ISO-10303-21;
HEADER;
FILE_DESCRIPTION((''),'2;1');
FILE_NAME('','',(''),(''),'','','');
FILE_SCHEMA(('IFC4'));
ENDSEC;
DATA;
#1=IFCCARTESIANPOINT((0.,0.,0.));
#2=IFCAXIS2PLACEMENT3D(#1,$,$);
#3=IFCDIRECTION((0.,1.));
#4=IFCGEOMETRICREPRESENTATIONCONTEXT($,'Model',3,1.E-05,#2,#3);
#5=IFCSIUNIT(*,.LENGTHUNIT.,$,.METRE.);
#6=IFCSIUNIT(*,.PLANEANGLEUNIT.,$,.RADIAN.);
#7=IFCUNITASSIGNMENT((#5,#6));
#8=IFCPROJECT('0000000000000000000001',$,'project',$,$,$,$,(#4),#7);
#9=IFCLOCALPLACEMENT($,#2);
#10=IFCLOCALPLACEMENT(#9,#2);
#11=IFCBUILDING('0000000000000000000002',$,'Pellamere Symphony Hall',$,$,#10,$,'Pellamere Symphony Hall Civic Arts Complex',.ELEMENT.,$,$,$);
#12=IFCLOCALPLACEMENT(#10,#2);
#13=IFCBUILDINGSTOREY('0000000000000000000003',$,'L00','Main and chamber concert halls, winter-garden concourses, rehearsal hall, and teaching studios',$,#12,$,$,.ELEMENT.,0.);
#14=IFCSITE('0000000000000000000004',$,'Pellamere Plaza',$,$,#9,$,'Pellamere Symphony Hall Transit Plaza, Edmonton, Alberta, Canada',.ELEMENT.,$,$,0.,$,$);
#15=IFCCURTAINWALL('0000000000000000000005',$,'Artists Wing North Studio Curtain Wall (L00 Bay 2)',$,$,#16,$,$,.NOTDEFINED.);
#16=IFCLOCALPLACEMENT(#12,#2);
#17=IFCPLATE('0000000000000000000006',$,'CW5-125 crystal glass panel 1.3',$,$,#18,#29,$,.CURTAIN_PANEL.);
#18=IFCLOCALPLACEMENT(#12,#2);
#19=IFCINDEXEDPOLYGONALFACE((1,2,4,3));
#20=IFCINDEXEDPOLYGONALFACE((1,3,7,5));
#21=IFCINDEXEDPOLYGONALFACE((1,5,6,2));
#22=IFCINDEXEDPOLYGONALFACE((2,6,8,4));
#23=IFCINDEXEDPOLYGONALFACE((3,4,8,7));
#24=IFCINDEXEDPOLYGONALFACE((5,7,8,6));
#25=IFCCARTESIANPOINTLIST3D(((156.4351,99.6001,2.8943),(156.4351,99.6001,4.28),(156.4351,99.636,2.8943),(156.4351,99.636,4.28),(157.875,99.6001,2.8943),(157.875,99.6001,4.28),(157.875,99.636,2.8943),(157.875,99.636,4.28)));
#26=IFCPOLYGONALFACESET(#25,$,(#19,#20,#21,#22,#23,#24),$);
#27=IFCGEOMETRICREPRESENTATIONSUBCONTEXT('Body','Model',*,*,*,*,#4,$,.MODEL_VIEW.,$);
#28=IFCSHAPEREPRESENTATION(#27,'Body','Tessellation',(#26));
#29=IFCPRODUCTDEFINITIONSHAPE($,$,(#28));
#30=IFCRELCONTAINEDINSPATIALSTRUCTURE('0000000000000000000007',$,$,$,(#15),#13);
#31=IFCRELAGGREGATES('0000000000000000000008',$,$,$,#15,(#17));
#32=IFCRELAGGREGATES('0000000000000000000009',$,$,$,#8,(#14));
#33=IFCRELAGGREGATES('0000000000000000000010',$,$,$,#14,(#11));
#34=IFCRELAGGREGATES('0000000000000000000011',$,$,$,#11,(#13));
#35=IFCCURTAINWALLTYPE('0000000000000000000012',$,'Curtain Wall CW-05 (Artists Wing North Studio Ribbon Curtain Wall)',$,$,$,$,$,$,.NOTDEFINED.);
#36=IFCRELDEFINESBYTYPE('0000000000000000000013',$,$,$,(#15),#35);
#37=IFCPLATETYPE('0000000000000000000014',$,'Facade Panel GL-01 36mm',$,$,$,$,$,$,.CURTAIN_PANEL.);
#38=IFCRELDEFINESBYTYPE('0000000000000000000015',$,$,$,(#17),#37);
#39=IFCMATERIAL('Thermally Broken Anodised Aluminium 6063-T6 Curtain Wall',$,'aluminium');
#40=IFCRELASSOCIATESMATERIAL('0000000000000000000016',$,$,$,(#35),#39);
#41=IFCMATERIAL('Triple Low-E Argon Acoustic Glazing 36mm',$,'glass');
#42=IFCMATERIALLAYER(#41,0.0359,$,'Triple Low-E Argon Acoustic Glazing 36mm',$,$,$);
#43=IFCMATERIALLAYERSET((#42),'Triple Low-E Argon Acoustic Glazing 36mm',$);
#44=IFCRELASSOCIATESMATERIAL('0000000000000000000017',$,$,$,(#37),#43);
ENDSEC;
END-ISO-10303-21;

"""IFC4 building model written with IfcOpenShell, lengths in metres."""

from ifc_helpers import new_model, si_unit, direction, frame, origin, place, context, subcontext, project, spatial, polyline, outline, extrude, material, layer, layer_set, type_object, element, aggregate, save


model = new_model("IFC4")

# Units and contexts
model_context = context("Model", 3, precision=1e-05, world=origin(), true_north=direction((0.0, 1.0)))
body_context = subcontext(model_context, "Body", "Model", "MODEL_VIEW")
ifc_project = project(units=[si_unit("LENGTHUNIT", "METRE"), si_unit("PLANEANGLEUNIT", "RADIAN")], contexts=[model_context])

# Site, building, storey
site_placement = place(None, origin())
site = spatial("IfcSite", under=ifc_project, at=site_placement, Name="Pellamere Plaza", LongName="Pellamere Symphony Hall Transit Plaza, Edmonton, Alberta, Canada", CompositionType="ELEMENT", RefElevation=0.0)
building_placement = place(site_placement, origin())
building = spatial("IfcBuilding", under=site, at=building_placement, Name="Pellamere Symphony Hall", LongName="Pellamere Symphony Hall Civic Arts Complex", CompositionType="ELEMENT")
storey_placement = place(building_placement, origin())
storey = spatial("IfcBuildingStorey", under=building, at=storey_placement, Name="L00", Description="Main and chamber concert halls, winter-garden concourses, rehearsal hall, and teaching studios", CompositionType="ELEMENT", Elevation=0.0)

# Shared definitions
ifc_material_1 = material(Name="Thermally Broken Anodised Aluminium 6063-T6 Curtain Wall", Category="aluminium")
curtain_wall_type = type_object("IfcCurtainWallType", Name="Curtain Wall CW-05 (Artists Wing North Studio Ribbon Curtain Wall)", PredefinedType="NOTDEFINED", material=ifc_material_1)

# Curtain wall
curtain_wall_1_placement = place(storey_placement, origin())
curtain_wall_1 = element("IfcCurtainWall", 1, at=curtain_wall_1_placement, inside=storey, type_object=curtain_wall_type, Name="Artists Wing North Studio Curtain Wall (L00 Bay 2)", PredefinedType="NOTDEFINED")

# Plate
ifc_material_2 = material(Name="Triple Low-E Argon Acoustic Glazing 36mm", Category="glass")
ifc_layer = layer(ifc_material_2, 0.0359, Name="Triple Low-E Argon Acoustic Glazing 36mm")
ifc_layer_set = layer_set([ifc_layer], Name="Triple Low-E Argon Acoustic Glazing 36mm")
plate_type = type_object("IfcPlateType", Name="Facade Panel GL-01 36mm", PredefinedType="CURTAIN_PANEL", material=ifc_layer_set)
plate_1_placement = place(storey_placement, frame((156.4351, 99.6001, 2.8943), z_axis=(0.0, -1.0, 0.0), x_axis=(1.0, 0.0, 0.0)))
plate_1 = element("IfcPlate", 2, at=plate_1_placement, type_object=plate_type, Name="CW5-125 crystal glass panel 1.3", PredefinedType="CURTAIN_PANEL", context=body_context, shape_type="SweptSolid", body=[
    extrude(outline(polyline([(0.0, 0.0), (1.4399, 0.0), (1.4399, 1.3857), (0.0, 1.3857), (0.0, 0.0)])), origin(), (0.0, 0.0, -1.0), 0.0359),
])
aggregate(curtain_wall_1, [plate_1])

save(model, "model.ifc")
